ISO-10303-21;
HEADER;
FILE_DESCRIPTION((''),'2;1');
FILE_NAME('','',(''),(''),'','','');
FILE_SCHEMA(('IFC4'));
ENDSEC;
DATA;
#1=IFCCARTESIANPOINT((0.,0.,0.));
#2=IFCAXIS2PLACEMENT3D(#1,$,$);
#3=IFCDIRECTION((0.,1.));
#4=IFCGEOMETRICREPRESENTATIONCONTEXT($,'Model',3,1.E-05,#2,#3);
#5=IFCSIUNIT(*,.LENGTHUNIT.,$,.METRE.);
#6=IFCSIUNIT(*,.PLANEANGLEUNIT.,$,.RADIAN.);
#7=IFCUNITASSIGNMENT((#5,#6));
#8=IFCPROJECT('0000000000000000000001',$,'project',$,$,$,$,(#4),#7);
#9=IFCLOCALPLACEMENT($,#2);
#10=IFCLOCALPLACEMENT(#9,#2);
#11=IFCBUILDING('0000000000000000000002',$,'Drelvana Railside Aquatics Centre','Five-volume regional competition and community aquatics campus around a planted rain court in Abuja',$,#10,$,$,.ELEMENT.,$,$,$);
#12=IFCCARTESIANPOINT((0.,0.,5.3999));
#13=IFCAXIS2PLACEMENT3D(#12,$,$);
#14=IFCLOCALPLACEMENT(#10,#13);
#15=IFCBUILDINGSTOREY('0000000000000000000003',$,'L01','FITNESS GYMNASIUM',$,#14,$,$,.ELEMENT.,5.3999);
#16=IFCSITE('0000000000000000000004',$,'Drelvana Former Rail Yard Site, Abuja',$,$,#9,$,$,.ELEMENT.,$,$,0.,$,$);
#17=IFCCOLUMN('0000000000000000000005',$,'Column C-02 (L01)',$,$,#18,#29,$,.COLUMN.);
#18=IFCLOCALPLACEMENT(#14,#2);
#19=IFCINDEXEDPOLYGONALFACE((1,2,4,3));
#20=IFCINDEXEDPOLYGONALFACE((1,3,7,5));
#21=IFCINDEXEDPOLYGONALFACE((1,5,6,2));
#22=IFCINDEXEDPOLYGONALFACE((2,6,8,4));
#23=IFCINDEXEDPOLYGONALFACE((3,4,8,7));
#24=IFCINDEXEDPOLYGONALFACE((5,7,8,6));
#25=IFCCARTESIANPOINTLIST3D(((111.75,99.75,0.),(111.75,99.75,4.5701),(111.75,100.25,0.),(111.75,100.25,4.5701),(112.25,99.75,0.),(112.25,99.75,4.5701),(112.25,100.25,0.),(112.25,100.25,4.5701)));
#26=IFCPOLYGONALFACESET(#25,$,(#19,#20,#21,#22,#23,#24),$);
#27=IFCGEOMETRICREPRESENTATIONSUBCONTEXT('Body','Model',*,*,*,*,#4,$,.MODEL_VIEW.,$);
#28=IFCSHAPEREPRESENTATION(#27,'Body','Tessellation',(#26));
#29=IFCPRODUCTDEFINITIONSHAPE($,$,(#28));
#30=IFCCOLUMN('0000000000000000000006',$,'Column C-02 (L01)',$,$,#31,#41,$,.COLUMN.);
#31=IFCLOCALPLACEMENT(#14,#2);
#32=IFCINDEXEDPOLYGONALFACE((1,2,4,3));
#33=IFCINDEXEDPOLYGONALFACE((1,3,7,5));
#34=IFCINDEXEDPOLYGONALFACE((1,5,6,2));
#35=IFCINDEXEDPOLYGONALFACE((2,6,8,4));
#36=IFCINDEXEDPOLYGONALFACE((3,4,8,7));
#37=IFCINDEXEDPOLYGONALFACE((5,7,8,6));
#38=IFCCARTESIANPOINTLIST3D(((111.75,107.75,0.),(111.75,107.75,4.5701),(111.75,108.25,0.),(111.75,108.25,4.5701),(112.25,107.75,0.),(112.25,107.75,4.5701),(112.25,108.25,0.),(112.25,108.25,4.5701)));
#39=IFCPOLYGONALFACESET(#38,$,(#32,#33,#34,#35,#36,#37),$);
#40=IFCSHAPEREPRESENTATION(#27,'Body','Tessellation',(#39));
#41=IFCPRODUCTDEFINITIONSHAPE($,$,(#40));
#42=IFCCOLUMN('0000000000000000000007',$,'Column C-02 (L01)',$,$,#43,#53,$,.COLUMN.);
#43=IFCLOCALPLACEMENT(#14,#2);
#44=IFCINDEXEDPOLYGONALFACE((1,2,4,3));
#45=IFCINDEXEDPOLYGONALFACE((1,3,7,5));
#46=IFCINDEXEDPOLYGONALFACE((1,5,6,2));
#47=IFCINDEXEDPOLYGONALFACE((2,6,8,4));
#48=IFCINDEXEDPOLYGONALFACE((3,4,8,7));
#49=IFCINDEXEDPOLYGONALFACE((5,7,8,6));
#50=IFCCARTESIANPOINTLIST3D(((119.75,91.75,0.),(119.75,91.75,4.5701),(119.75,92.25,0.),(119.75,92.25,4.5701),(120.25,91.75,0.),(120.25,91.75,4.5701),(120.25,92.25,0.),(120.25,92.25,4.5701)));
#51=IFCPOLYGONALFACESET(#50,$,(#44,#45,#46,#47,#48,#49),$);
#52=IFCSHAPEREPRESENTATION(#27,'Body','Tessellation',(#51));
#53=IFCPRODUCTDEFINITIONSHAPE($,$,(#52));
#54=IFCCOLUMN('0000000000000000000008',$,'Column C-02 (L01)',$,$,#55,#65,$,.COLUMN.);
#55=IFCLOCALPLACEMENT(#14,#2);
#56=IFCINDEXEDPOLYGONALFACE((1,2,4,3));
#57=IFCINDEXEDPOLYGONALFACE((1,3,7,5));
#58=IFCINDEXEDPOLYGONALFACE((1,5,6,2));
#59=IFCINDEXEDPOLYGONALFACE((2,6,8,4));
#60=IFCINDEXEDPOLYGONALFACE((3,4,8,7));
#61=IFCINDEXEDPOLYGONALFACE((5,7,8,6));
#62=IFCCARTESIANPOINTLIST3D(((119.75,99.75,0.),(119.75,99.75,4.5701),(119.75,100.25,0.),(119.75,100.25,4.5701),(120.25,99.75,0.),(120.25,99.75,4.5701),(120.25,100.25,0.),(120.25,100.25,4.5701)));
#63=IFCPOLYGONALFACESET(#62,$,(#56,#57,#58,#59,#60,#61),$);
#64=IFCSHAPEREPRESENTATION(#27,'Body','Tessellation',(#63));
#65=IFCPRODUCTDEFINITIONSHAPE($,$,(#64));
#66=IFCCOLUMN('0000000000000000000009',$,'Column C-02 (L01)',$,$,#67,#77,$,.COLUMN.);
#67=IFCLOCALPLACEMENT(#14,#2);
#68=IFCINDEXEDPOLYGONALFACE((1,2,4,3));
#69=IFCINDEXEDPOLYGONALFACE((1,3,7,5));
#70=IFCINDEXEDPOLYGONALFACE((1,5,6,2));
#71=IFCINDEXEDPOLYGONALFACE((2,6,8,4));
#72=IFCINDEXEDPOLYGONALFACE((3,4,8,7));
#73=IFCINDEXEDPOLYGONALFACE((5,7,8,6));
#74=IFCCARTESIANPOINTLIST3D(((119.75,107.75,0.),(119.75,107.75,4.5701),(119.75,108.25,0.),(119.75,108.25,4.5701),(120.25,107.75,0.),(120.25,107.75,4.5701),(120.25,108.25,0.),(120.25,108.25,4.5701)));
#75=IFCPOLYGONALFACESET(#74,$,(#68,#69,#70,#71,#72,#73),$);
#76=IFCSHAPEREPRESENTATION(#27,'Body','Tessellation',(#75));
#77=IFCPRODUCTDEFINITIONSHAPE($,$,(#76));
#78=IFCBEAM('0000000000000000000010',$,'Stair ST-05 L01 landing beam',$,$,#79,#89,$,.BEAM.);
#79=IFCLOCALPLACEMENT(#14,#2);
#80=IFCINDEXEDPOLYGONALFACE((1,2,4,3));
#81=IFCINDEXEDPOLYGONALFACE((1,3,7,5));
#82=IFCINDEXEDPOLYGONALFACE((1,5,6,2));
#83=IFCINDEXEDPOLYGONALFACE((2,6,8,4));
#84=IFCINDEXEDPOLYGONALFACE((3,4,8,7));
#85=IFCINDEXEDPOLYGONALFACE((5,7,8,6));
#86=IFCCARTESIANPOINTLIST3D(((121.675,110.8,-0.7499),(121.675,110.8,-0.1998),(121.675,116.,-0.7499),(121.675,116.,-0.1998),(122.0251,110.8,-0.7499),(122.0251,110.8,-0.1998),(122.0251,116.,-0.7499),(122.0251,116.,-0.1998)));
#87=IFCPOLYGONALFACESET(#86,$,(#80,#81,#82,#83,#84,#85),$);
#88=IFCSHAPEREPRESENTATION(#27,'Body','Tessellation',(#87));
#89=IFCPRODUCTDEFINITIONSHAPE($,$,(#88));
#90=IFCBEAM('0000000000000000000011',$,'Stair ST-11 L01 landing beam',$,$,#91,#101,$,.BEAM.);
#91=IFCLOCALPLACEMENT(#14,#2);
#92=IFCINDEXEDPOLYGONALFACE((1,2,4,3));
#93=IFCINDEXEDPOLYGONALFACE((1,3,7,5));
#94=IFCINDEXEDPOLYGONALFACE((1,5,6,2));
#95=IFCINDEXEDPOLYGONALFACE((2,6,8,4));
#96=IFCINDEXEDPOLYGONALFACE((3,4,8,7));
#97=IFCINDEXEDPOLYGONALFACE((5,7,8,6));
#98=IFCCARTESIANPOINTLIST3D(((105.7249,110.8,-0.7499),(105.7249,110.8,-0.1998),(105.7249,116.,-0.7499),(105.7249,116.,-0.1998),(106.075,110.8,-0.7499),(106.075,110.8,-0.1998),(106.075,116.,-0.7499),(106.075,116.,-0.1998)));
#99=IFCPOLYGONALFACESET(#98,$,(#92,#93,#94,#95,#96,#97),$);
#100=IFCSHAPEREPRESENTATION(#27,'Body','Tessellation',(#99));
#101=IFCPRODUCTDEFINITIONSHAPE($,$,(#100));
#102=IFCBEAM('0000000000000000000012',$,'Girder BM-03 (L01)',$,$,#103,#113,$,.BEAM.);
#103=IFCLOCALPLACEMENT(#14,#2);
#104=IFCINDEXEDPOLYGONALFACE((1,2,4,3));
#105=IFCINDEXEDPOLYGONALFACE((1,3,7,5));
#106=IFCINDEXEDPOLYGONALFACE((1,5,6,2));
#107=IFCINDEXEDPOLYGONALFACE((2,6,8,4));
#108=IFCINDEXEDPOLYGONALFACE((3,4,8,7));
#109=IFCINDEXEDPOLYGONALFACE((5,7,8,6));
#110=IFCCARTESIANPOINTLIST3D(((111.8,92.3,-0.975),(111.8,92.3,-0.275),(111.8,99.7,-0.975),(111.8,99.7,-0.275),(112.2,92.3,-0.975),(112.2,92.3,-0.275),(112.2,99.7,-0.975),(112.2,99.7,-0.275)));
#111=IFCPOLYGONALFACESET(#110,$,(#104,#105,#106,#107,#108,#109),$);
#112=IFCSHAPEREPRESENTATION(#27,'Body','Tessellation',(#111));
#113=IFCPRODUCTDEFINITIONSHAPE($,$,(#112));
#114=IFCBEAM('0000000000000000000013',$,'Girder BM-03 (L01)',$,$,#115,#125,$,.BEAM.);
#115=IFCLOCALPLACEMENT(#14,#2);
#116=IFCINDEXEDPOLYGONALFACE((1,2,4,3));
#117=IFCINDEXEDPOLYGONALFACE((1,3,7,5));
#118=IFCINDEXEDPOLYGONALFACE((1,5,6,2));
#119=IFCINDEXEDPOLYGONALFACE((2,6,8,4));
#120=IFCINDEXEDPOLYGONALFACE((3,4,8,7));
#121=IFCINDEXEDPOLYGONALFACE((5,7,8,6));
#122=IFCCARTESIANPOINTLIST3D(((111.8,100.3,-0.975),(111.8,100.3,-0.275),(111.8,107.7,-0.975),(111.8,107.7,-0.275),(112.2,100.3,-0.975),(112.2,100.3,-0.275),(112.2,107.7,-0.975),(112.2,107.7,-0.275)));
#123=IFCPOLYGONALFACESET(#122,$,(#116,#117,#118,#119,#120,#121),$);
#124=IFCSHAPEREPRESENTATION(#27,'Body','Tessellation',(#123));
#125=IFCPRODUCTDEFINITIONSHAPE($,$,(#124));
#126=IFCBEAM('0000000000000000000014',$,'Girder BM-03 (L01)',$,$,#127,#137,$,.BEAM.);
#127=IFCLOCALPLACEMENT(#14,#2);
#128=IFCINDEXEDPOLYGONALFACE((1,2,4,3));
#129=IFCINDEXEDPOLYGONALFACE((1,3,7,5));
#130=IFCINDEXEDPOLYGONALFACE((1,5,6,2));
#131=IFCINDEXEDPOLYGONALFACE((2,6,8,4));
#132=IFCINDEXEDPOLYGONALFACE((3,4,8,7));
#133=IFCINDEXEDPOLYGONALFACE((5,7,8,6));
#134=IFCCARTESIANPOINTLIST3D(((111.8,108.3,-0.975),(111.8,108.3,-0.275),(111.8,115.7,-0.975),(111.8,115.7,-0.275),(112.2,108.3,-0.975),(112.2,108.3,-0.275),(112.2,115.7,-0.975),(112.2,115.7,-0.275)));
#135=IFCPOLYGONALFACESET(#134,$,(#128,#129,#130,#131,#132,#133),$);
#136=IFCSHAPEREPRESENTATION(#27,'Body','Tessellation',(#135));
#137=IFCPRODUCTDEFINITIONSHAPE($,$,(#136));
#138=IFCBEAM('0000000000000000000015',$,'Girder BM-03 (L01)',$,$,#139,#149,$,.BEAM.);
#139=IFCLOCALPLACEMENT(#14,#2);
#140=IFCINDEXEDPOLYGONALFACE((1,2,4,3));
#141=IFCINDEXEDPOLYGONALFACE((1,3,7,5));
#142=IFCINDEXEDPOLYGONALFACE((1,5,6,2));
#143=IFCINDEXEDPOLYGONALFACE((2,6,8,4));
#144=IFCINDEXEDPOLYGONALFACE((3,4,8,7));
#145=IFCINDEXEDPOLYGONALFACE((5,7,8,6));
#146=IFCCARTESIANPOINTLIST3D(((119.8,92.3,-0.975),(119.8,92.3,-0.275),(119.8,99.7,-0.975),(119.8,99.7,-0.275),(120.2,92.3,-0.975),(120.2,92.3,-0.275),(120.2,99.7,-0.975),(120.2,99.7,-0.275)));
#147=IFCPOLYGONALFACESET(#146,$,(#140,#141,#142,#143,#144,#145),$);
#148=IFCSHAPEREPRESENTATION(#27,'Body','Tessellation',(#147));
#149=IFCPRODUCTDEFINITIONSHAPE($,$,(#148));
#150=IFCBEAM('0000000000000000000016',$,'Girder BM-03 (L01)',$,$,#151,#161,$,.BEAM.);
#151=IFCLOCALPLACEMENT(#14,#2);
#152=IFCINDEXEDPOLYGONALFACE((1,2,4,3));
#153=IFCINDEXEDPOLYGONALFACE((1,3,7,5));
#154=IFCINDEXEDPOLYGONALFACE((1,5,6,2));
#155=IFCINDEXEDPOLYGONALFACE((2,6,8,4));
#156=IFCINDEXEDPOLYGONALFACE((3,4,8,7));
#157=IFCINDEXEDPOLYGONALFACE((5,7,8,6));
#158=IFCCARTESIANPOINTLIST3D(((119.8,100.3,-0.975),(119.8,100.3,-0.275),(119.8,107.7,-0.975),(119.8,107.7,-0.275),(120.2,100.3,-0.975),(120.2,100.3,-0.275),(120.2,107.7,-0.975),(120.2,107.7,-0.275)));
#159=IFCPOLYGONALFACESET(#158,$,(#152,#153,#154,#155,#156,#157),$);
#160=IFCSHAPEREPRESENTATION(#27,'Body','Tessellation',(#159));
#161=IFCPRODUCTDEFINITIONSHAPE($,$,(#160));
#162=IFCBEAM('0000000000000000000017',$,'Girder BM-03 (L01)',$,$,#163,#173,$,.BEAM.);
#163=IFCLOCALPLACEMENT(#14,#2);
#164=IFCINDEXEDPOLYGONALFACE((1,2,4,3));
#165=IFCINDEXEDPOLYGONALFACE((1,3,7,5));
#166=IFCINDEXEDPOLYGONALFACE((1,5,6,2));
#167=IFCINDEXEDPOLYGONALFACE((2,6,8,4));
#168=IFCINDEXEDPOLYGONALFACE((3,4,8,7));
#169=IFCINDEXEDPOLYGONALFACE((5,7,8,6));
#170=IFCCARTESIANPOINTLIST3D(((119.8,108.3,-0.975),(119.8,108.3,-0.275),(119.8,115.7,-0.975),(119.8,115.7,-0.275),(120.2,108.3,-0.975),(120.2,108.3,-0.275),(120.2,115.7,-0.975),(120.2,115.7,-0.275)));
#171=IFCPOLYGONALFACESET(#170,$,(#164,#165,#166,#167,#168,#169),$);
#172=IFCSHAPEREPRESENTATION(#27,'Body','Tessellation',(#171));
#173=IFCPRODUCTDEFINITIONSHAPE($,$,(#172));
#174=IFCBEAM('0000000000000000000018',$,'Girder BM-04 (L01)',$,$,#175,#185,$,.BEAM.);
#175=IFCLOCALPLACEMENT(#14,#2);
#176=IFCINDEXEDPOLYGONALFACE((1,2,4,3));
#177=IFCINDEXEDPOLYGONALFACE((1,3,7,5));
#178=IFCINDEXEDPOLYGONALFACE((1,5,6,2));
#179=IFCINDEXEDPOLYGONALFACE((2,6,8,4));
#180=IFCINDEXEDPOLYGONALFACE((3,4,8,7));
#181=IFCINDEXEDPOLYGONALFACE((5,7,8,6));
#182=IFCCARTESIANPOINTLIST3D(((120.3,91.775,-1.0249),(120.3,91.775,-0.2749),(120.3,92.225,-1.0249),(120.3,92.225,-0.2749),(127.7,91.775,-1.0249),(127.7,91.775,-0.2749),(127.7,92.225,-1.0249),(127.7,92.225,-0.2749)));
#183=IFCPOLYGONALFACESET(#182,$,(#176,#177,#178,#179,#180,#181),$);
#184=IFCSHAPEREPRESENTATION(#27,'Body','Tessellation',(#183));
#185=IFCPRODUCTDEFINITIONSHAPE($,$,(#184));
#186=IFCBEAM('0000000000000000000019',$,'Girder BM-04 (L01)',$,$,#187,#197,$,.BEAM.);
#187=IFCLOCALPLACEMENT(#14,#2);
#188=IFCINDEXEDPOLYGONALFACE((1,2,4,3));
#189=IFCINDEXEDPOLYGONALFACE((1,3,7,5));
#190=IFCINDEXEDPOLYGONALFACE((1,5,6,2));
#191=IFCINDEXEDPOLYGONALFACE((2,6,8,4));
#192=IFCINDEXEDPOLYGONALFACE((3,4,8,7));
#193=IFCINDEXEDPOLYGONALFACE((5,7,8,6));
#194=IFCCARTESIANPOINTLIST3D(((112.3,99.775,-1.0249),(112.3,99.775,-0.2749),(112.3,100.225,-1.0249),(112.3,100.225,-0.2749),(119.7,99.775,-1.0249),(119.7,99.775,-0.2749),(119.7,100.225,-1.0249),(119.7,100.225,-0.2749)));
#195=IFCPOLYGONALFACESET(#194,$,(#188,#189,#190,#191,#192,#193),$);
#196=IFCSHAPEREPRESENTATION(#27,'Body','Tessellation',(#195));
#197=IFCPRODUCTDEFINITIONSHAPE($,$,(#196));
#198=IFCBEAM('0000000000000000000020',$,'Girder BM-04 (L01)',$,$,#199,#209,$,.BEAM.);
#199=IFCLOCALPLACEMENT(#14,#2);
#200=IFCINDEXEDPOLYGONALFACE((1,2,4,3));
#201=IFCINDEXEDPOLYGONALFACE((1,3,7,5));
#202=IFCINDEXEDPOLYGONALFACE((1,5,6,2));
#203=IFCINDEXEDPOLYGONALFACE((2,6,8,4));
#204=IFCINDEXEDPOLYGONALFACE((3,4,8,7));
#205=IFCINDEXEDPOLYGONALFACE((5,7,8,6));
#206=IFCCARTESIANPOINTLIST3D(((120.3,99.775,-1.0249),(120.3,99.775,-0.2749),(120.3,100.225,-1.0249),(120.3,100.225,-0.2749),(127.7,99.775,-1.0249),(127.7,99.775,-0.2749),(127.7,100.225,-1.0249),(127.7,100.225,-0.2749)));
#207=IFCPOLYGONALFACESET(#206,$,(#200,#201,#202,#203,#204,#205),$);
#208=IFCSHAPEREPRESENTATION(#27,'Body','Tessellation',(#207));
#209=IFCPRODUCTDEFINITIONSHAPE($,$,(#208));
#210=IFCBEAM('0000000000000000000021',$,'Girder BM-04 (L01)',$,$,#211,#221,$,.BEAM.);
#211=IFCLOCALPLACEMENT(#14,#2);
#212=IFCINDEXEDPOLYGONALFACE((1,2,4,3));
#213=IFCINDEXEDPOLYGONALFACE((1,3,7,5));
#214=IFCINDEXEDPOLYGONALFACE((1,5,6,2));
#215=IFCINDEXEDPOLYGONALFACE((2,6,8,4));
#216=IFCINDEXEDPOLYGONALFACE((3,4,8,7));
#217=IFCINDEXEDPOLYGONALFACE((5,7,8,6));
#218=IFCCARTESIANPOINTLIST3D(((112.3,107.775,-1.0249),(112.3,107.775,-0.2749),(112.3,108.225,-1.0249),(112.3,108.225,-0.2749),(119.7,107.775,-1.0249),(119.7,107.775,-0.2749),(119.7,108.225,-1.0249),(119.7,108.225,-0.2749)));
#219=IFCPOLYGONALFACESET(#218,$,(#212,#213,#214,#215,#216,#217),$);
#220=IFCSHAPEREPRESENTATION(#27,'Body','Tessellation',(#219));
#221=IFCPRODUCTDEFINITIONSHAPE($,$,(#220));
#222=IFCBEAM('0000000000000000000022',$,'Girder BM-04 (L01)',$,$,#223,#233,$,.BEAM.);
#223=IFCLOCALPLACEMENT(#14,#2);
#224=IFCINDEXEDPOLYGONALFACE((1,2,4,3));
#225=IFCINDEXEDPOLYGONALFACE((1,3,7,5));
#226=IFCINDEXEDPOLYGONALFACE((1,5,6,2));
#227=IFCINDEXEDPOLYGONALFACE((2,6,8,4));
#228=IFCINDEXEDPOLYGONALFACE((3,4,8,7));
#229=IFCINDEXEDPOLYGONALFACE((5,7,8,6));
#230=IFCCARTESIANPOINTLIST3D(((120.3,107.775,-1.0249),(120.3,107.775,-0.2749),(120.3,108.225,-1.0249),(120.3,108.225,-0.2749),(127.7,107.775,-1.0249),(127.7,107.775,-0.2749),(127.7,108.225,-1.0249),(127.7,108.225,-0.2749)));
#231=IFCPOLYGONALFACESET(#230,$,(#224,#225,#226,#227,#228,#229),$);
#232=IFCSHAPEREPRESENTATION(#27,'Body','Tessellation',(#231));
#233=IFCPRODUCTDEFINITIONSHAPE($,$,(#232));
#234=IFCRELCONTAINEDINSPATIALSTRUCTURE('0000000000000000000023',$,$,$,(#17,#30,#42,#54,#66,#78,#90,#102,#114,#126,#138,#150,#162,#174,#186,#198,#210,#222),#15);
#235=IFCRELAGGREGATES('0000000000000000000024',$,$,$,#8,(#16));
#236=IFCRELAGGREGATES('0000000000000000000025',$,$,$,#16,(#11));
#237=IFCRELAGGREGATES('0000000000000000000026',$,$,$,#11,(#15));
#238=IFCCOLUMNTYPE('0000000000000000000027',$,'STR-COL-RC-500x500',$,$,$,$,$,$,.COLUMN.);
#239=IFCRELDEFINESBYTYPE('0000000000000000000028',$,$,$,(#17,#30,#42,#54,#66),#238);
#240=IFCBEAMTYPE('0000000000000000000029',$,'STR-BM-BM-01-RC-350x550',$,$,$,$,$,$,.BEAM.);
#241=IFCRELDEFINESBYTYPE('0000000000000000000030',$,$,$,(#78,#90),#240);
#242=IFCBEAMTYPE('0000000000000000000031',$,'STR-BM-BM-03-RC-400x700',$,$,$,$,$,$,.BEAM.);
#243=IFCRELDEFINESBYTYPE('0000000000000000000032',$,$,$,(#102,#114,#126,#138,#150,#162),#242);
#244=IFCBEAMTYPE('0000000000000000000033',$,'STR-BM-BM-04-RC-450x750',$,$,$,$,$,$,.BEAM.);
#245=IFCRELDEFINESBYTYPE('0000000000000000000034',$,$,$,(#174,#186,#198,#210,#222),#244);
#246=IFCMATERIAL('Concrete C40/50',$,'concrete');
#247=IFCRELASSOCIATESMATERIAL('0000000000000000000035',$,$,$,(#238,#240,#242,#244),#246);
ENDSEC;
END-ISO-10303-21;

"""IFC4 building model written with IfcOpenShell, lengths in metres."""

from ifc_helpers import new_model, si_unit, direction, frame, origin, origin_2d, place, context, subcontext, project, spatial, rectangle, extrude, material, material_profile, profile_set, type_object, element, save


model = new_model("IFC4")

# Units and contexts
model_context = context("Model", 3, precision=1e-05, world=origin(), true_north=direction((0.0, 1.0)))
body_context = subcontext(model_context, "Body", "Model", "MODEL_VIEW")
ifc_project = project(units=[si_unit("LENGTHUNIT", "METRE"), si_unit("PLANEANGLEUNIT", "RADIAN")], contexts=[model_context])

# Site, building, storey
site_placement = place(None, origin())
site = spatial("IfcSite", under=ifc_project, at=site_placement, Name="Drelvana Former Rail Yard Site, Abuja", CompositionType="ELEMENT", RefElevation=0.0)
building_placement = place(site_placement, origin())
building = spatial("IfcBuilding", under=site, at=building_placement, Name="Drelvana Railside Aquatics Centre", Description="Five-volume regional competition and community aquatics campus around a planted rain court in Abuja", CompositionType="ELEMENT")
storey_placement = place(building_placement, frame((0.0, 0.0, 5.3999)))
storey = spatial("IfcBuildingStorey", under=building, at=storey_placement, Name="L01", Description="FITNESS GYMNASIUM", CompositionType="ELEMENT", Elevation=5.3999)

# Columns
ifc_material_1 = material(Name="Concrete C40/50", Category="concrete")
ifc_material_profile_1 = material_profile(ifc_material_1, rectangle(XDim=0.5, YDim=0.5, at=origin_2d()), Name="RC 500x500")
ifc_profile_set_1 = profile_set([ifc_material_profile_1], Name="Concrete C40/50")
column_type = type_object("IfcColumnType", Name="STR-COL-RC-500x500", PredefinedType="COLUMN", material=ifc_profile_set_1)
for number, where, z_axis, x_axis, name in (
    (1, (112.0, 100.0, 0.0), (0.0, 0.0, 1.0), (1.0, 0.0, 0.0), "Column C-02 (L01)"),
    (2, (112.0, 108.0, 0.0), (0.0, 0.0, 1.0), (1.0, 0.0, 0.0), "Column C-02 (L01)"),
    (3, (120.0, 92.0, 0.0), (0.0, 0.0, 1.0), (1.0, 0.0, 0.0), "Column C-02 (L01)"),
    (4, (120.0, 100.0, 0.0), (0.0, 0.0, 1.0), (1.0, 0.0, 0.0), "Column C-02 (L01)"),
    (5, (120.0, 108.0, 0.0), (0.0, 0.0, 1.0), (1.0, 0.0, 0.0), "Column C-02 (L01)"),
):
    element("IfcColumn", number, at=place(storey_placement, frame(where, z_axis=z_axis, x_axis=x_axis)), inside=storey, type_object=column_type, Name=name, PredefinedType="COLUMN", context=body_context, shape_type="SweptSolid", body=[
        extrude(rectangle(XDim=0.5, YDim=0.5, at=origin_2d()), origin(), (0.0, 0.0, 1.0), 4.5701),
    ])

# Beams
ifc_material_profile_2 = material_profile(ifc_material_1, rectangle(XDim=0.3501, YDim=0.55, at=origin_2d()), Name="RC 350x550")
ifc_profile_set_2 = profile_set([ifc_material_profile_2], Name="Concrete C40/50")
beam_type_1 = type_object("IfcBeamType", Name="STR-BM-BM-01-RC-350x550", PredefinedType="BEAM", material=ifc_profile_set_2)
for number, where, z_axis, x_axis, name in (
    (6, (121.8501, 110.8, -0.4749), (0.0, 1.0, 0.0), (-1.0, 0.0, 0.0), "Stair ST-05 L01 landing beam"),
    (7, (105.8999, 110.8, -0.4749), (0.0, 1.0, 0.0), (-1.0, 0.0, 0.0), "Stair ST-11 L01 landing beam"),
):
    element("IfcBeam", number, at=place(storey_placement, frame(where, z_axis=z_axis, x_axis=x_axis)), inside=storey, type_object=beam_type_1, Name=name, PredefinedType="BEAM", context=body_context, shape_type="SweptSolid", body=[
        extrude(rectangle(XDim=0.3501, YDim=0.55, at=origin_2d()), origin(), (0.0, 0.0, 1.0), 5.2),
    ])
ifc_material_profile_3 = material_profile(ifc_material_1, rectangle(XDim=0.3999, YDim=0.7, at=origin_2d()), Name="RC 400x700")
ifc_profile_set_3 = profile_set([ifc_material_profile_3], Name="Concrete C40/50")
beam_type_2 = type_object("IfcBeamType", Name="STR-BM-BM-03-RC-400x700", PredefinedType="BEAM", material=ifc_profile_set_3)
for number, where, z_axis, x_axis, name in (
    (8, (112.0, 92.3, -0.625), (0.0, 1.0, 0.0), (-1.0, 0.0, 0.0), "Girder BM-03 (L01)"),
    (9, (112.0, 100.3, -0.625), (0.0, 1.0, 0.0), (-1.0, 0.0, 0.0), "Girder BM-03 (L01)"),
    (10, (112.0, 108.3, -0.625), (0.0, 1.0, 0.0), (-1.0, 0.0, 0.0), "Girder BM-03 (L01)"),
    (11, (120.0, 92.3, -0.625), (0.0, 1.0, 0.0), (-1.0, 0.0, 0.0), "Girder BM-03 (L01)"),
    (12, (120.0, 100.3, -0.625), (0.0, 1.0, 0.0), (-1.0, 0.0, 0.0), "Girder BM-03 (L01)"),
    (13, (120.0, 108.3, -0.625), (0.0, 1.0, 0.0), (-1.0, 0.0, 0.0), "Girder BM-03 (L01)"),
):
    element("IfcBeam", number, at=place(storey_placement, frame(where, z_axis=z_axis, x_axis=x_axis)), inside=storey, type_object=beam_type_2, Name=name, PredefinedType="BEAM", context=body_context, shape_type="SweptSolid", body=[
        extrude(rectangle(XDim=0.3999, YDim=0.7, at=origin_2d()), origin(), (0.0, 0.0, 1.0), 7.3999),
    ])
ifc_material_profile_4 = material_profile(ifc_material_1, rectangle(XDim=0.45, YDim=0.75, at=origin_2d()), Name="RC 450x750")
ifc_profile_set_4 = profile_set([ifc_material_profile_4], Name="Concrete C40/50")
beam_type_3 = type_object("IfcBeamType", Name="STR-BM-BM-04-RC-450x750", PredefinedType="BEAM", material=ifc_profile_set_4)
for number, where, z_axis, x_axis, name in (
    (14, (120.3, 92.0, -0.6499), (1.0, 0.0, 0.0), (0.0, 1.0, 0.0), "Girder BM-04 (L01)"),
    (15, (112.3, 100.0, -0.6499), (1.0, 0.0, 0.0), (0.0, 1.0, 0.0), "Girder BM-04 (L01)"),
    (16, (120.3, 100.0, -0.6499), (1.0, 0.0, 0.0), (0.0, 1.0, 0.0), "Girder BM-04 (L01)"),
    (17, (112.3, 108.0, -0.6499), (1.0, 0.0, 0.0), (0.0, 1.0, 0.0), "Girder BM-04 (L01)"),
    (18, (120.3, 108.0, -0.6499), (1.0, 0.0, 0.0), (0.0, 1.0, 0.0), "Girder BM-04 (L01)"),
):
    element("IfcBeam", number, at=place(storey_placement, frame(where, z_axis=z_axis, x_axis=x_axis)), inside=storey, type_object=beam_type_3, Name=name, PredefinedType="BEAM", context=body_context, shape_type="SweptSolid", body=[
        extrude(rectangle(XDim=0.45, YDim=0.75, at=origin_2d()), origin(), (0.0, 0.0, 1.0), 7.3999),
    ])

save(model, "model.ifc")
